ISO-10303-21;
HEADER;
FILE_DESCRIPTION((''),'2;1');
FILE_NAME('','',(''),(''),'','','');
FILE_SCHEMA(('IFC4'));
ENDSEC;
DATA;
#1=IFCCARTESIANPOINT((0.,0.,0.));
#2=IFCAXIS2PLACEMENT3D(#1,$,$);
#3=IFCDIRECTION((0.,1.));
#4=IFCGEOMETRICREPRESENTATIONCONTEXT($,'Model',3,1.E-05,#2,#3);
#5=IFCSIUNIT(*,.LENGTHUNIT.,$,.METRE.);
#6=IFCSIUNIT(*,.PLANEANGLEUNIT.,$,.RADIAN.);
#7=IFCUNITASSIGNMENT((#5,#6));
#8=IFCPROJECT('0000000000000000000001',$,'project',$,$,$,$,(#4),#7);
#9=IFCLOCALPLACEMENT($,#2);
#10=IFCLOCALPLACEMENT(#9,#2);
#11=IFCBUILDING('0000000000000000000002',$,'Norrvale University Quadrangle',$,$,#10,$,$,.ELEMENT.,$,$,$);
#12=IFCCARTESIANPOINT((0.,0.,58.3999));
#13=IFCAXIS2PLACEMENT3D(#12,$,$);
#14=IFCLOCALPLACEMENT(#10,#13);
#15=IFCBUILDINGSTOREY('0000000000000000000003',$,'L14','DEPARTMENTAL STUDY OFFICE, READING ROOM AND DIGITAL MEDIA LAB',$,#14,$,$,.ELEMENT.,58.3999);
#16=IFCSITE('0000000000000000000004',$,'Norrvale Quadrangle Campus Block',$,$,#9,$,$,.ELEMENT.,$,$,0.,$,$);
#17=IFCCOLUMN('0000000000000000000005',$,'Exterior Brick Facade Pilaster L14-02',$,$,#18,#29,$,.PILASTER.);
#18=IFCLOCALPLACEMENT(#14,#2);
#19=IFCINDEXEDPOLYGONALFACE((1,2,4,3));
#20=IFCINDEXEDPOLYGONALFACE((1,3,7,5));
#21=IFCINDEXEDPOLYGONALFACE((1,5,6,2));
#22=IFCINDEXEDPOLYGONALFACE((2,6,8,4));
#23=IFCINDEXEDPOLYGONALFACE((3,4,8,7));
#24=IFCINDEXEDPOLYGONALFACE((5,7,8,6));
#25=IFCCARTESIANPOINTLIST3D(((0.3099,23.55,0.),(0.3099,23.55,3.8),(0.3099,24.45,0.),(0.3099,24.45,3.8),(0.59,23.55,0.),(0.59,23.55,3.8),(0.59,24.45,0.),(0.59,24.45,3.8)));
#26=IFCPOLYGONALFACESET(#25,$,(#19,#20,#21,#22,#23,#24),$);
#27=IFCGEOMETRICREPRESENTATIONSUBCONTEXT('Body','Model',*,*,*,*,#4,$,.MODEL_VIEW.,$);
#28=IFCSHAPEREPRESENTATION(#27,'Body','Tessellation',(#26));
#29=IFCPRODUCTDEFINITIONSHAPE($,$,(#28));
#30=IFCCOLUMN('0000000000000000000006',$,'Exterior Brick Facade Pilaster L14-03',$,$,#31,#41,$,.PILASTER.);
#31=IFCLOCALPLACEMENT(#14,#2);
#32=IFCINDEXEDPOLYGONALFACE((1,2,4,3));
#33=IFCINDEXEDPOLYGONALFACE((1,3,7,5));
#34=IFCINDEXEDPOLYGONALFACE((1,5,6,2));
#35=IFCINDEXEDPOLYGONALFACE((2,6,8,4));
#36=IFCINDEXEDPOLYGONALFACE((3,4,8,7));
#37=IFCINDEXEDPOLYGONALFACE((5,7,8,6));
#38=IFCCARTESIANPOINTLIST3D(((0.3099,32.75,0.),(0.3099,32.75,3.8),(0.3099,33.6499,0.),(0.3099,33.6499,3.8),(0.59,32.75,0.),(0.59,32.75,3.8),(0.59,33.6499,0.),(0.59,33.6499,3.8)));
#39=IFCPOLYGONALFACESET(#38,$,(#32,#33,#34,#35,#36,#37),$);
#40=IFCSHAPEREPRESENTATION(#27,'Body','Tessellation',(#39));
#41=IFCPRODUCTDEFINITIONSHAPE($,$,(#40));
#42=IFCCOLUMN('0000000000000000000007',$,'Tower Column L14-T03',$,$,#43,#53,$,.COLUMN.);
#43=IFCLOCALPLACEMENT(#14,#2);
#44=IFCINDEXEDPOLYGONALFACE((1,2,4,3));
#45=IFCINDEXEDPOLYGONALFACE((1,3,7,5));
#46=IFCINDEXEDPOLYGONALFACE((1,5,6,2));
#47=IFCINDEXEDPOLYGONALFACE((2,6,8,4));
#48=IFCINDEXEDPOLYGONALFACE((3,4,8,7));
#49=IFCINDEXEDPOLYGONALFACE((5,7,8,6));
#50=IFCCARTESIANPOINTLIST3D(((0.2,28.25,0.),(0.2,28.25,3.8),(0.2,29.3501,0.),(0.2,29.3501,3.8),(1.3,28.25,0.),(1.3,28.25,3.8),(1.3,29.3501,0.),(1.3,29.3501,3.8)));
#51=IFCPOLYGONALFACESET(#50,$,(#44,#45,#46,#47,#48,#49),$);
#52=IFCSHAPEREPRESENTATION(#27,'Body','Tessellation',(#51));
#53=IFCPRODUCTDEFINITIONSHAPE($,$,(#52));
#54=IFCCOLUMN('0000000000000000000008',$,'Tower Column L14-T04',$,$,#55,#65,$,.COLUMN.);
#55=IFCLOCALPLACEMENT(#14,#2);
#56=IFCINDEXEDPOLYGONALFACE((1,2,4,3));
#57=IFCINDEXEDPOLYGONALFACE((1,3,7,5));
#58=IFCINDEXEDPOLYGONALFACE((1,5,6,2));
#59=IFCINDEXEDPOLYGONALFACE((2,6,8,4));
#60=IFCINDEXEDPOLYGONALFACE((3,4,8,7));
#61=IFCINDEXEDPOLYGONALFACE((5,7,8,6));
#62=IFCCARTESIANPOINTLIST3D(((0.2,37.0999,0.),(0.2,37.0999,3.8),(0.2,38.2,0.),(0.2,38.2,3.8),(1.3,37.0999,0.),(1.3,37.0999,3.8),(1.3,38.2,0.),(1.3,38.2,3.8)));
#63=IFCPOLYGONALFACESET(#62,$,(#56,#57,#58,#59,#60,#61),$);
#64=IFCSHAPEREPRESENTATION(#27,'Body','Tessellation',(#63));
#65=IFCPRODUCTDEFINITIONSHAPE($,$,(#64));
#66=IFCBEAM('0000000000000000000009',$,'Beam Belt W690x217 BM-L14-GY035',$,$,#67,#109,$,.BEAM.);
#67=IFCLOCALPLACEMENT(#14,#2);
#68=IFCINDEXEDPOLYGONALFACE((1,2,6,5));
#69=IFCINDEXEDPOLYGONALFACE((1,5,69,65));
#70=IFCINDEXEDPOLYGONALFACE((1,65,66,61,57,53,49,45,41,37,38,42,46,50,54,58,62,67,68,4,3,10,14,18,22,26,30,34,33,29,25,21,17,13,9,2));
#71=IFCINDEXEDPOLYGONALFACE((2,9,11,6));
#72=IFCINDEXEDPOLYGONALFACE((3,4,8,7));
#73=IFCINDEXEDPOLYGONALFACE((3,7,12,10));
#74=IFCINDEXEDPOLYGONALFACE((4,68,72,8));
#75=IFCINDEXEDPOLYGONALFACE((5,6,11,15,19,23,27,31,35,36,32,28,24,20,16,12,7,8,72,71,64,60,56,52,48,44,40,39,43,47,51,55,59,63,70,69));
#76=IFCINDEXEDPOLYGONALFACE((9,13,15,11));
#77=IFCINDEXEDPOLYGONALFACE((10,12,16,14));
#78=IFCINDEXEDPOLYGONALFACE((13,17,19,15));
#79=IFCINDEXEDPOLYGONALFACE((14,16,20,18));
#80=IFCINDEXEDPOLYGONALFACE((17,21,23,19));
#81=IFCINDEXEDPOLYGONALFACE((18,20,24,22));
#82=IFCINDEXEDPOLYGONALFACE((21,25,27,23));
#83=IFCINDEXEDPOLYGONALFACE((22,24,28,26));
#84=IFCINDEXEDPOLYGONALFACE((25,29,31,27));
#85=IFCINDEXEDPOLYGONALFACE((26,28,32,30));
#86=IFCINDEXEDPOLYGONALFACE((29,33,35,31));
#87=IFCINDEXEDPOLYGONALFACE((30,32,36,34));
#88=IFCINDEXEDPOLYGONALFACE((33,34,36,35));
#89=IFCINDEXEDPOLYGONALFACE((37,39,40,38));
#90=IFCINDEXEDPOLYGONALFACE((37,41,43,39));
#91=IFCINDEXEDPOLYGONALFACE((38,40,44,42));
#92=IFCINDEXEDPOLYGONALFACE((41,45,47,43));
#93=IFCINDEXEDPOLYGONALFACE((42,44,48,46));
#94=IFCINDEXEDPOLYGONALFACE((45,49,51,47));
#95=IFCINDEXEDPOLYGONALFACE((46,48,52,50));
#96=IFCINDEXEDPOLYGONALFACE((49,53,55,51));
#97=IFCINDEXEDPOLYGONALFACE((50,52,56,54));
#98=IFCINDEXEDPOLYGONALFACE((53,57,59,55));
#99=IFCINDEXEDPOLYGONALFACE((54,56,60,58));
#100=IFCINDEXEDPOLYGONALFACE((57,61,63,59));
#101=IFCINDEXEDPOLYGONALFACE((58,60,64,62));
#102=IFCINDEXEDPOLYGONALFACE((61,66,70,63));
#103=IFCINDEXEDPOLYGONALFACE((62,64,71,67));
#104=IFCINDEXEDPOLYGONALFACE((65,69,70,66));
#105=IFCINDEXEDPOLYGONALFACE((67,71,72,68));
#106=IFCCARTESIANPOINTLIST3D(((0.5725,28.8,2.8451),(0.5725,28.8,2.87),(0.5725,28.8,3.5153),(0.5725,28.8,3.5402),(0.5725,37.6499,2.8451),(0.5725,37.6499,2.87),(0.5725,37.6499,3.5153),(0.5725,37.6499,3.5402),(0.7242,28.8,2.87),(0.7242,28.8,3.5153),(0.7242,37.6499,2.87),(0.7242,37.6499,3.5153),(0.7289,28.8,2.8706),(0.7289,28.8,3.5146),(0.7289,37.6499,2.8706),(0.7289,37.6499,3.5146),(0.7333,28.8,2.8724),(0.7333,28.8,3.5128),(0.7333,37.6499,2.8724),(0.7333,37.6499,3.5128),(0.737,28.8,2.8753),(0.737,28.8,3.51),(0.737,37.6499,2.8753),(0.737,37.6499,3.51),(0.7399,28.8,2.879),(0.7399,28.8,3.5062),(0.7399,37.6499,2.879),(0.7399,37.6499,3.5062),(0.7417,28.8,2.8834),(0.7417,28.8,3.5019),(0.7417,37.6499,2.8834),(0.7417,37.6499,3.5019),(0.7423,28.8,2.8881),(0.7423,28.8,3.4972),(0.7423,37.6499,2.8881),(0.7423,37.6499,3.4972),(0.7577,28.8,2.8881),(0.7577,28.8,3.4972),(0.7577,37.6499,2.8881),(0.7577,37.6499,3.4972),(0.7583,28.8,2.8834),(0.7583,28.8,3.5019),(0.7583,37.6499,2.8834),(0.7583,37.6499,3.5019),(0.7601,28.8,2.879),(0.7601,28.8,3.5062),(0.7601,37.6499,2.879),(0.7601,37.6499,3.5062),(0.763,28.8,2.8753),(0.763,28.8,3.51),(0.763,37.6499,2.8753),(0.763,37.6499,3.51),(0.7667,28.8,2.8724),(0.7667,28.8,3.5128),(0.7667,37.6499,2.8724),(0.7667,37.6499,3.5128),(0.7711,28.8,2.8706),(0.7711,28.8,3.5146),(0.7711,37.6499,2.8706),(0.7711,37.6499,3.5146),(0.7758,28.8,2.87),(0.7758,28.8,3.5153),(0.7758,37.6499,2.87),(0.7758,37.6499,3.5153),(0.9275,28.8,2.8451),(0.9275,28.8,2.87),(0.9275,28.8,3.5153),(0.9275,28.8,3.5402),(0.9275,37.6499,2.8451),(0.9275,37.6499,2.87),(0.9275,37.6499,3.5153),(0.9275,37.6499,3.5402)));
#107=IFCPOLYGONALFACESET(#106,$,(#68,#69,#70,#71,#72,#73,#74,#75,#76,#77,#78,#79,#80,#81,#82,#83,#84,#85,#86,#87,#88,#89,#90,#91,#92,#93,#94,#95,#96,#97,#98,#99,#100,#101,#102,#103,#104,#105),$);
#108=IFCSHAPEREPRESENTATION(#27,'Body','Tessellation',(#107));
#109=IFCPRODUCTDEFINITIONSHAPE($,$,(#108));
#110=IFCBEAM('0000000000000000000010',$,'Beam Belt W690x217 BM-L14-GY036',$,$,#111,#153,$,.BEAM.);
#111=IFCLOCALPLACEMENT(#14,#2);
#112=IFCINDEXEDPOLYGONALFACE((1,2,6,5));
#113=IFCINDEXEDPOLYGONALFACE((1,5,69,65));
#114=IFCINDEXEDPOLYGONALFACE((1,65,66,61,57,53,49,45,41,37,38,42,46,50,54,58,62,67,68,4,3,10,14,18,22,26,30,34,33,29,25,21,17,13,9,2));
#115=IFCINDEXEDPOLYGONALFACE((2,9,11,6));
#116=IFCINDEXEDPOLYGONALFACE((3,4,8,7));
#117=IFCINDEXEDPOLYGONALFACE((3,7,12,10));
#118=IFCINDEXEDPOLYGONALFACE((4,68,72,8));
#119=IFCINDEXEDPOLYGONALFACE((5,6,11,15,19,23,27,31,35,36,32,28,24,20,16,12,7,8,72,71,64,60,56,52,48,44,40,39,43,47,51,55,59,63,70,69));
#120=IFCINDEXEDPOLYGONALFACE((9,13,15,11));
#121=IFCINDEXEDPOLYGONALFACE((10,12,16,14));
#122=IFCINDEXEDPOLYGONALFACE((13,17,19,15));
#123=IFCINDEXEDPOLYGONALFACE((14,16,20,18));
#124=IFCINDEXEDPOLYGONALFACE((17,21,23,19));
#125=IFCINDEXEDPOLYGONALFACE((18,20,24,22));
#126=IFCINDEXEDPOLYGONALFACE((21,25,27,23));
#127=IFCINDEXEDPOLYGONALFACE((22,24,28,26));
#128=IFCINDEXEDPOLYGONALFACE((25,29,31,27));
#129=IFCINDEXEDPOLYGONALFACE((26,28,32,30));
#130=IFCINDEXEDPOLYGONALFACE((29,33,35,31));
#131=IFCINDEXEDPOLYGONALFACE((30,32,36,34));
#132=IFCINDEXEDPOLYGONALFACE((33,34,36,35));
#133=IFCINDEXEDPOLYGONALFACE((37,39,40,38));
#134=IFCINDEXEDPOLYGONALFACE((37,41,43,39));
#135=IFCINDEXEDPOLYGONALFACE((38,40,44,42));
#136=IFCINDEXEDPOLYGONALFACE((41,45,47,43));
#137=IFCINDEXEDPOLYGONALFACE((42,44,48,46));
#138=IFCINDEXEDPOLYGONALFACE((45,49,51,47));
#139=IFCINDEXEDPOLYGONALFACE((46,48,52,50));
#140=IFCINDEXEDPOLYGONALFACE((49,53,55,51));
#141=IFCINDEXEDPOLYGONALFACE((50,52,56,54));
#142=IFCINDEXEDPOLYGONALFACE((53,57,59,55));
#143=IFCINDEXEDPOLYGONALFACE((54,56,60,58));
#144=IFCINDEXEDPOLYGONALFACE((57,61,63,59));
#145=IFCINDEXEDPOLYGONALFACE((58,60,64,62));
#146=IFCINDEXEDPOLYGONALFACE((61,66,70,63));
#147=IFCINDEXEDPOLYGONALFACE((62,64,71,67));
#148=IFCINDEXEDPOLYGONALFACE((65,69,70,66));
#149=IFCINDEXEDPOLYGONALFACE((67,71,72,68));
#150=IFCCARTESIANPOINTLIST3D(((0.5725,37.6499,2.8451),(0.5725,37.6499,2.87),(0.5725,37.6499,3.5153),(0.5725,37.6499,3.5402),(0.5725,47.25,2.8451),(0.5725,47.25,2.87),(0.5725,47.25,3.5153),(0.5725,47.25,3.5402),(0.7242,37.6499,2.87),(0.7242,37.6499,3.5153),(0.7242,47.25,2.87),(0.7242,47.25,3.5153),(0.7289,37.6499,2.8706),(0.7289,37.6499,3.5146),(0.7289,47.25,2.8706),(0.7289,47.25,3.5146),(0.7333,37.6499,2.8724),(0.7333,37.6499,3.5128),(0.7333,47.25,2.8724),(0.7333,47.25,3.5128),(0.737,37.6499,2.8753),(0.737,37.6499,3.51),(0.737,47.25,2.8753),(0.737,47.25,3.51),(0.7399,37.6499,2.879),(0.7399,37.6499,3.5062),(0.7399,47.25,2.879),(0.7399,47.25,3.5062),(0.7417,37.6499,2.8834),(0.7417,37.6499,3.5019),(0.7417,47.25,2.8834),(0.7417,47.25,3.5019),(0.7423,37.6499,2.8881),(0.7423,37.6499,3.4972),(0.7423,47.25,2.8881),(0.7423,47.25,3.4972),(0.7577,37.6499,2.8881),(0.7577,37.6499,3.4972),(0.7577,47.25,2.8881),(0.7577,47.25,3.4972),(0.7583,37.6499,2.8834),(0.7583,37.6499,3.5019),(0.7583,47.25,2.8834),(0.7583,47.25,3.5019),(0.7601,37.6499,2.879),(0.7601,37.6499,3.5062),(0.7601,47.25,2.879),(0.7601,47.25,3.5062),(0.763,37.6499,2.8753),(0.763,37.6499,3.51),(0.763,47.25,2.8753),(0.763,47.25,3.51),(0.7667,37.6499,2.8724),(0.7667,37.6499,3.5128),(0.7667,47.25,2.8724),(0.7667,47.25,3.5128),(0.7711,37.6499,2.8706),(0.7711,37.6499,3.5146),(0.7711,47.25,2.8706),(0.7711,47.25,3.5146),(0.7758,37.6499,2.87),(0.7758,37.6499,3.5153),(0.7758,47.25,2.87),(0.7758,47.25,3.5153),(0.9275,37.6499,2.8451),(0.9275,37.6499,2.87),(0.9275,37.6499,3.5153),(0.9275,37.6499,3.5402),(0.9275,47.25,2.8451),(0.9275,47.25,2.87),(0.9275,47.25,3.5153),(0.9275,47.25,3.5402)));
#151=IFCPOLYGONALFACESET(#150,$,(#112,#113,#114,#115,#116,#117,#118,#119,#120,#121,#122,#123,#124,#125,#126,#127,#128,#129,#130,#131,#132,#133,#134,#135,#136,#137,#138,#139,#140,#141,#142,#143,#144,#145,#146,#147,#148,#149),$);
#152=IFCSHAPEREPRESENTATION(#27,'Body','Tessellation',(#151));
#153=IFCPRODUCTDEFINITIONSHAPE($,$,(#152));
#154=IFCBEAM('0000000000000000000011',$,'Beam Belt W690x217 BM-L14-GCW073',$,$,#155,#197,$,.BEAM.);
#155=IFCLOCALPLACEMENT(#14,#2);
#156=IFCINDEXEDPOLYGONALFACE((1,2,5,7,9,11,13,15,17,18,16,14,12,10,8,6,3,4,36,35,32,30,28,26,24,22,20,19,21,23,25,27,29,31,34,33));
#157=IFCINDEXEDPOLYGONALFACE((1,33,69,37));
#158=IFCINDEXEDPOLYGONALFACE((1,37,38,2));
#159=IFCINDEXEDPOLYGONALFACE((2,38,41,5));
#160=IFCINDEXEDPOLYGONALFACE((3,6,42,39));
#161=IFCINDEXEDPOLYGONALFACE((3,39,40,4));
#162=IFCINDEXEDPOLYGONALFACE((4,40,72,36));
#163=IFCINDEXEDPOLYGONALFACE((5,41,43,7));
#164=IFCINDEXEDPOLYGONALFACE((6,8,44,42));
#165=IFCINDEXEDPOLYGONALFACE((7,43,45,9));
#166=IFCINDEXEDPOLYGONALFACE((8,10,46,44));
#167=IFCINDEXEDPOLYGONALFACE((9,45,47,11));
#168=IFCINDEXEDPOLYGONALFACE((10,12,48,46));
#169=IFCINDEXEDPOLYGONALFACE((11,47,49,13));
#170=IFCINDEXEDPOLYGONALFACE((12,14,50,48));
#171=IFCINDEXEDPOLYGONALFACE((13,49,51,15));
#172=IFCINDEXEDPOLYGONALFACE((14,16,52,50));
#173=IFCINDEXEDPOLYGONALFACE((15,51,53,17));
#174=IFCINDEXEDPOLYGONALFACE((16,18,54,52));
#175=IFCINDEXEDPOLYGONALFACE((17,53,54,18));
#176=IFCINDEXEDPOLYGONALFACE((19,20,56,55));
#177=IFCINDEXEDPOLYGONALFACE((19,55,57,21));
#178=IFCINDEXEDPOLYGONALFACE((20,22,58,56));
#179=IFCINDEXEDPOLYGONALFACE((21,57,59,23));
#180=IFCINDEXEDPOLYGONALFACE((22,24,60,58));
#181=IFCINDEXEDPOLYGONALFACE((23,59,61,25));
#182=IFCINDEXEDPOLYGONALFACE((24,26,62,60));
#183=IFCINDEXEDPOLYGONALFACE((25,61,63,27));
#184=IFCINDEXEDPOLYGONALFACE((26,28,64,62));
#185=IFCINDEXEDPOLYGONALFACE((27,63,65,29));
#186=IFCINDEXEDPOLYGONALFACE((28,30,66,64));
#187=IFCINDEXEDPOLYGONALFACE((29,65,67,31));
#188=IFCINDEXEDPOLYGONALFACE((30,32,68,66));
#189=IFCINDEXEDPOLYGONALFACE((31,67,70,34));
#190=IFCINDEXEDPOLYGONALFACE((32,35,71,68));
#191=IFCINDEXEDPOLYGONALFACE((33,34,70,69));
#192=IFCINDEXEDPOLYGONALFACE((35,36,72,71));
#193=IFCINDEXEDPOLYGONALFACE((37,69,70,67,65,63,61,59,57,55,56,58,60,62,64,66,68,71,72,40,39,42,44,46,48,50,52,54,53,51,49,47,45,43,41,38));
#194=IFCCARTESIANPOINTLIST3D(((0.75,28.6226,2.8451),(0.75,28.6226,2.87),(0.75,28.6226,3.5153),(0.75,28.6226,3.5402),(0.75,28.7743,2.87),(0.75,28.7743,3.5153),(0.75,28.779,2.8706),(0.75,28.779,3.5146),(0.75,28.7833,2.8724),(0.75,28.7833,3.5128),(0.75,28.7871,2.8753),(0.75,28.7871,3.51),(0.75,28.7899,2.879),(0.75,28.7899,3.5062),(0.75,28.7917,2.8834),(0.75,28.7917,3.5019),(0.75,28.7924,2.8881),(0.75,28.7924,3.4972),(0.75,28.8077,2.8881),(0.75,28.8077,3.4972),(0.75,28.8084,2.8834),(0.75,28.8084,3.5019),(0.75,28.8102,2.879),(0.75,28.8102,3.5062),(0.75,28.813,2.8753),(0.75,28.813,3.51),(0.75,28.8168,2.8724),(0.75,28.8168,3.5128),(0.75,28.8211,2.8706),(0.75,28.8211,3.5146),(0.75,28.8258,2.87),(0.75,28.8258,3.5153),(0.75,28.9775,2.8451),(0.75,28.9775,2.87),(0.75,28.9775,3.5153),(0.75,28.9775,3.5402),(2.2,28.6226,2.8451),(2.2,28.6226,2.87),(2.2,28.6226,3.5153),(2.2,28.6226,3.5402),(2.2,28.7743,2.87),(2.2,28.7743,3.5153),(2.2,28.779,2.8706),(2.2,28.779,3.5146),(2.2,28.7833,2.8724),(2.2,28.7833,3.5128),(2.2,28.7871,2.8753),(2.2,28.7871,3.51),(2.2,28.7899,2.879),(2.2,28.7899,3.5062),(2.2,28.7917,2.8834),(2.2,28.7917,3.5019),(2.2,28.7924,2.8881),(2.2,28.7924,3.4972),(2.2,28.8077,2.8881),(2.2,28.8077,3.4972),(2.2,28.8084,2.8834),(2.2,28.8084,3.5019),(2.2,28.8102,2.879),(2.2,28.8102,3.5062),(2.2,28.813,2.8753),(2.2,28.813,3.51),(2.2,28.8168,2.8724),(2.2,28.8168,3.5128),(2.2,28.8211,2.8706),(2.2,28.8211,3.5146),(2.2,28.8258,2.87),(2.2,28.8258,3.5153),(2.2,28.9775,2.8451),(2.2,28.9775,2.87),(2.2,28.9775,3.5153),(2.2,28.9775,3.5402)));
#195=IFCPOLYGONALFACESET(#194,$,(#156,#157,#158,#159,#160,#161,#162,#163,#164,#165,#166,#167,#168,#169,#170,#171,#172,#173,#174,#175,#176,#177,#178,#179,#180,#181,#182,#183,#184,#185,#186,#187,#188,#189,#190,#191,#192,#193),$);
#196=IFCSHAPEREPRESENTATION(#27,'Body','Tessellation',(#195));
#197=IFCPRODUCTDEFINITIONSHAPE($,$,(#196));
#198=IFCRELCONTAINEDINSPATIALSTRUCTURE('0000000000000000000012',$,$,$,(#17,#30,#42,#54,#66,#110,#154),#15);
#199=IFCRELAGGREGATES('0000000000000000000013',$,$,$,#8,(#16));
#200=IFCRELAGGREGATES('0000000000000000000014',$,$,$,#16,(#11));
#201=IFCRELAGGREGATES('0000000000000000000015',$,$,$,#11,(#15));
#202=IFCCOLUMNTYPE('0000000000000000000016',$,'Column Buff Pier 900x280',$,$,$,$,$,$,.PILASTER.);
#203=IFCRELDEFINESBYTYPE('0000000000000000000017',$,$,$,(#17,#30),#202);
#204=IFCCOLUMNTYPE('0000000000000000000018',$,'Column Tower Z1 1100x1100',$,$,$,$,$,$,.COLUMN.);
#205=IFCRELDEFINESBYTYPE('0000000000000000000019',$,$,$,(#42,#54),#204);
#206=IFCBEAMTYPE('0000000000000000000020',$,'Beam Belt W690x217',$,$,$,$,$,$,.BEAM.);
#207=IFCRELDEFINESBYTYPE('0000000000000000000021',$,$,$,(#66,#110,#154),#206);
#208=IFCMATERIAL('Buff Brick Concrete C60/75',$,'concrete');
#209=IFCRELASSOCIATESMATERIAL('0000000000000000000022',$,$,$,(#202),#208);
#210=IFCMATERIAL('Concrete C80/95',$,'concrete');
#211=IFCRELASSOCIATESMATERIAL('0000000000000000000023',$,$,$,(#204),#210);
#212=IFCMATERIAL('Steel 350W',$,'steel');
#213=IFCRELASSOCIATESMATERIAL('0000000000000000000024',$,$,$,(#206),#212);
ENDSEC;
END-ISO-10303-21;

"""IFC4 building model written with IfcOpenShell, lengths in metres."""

from ifc_helpers import new_model, si_unit, direction, frame, origin, origin_2d, place, context, subcontext, project, spatial, rectangle, i_section, extrude, material, material_profile, profile_set, type_object, element, save


model = new_model("IFC4")

# Units and contexts
model_context = context("Model", 3, precision=1e-05, world=origin(), true_north=direction((0.0, 1.0)))
body_context = subcontext(model_context, "Body", "Model", "MODEL_VIEW")
ifc_project = project(units=[si_unit("LENGTHUNIT", "METRE"), si_unit("PLANEANGLEUNIT", "RADIAN")], contexts=[model_context])

# Site, building, storey
site_placement = place(None, origin())
site = spatial("IfcSite", under=ifc_project, at=site_placement, Name="Norrvale Quadrangle Campus Block", CompositionType="ELEMENT", RefElevation=0.0)
building_placement = place(site_placement, origin())
building = spatial("IfcBuilding", under=site, at=building_placement, Name="Norrvale University Quadrangle", CompositionType="ELEMENT")
storey_placement = place(building_placement, frame((0.0, 0.0, 58.3999)))
storey = spatial("IfcBuildingStorey", under=building, at=storey_placement, Name="L14", Description="DEPARTMENTAL STUDY OFFICE, READING ROOM AND DIGITAL MEDIA LAB", CompositionType="ELEMENT", Elevation=58.3999)

# Columns
ifc_material_1 = material(Name="Buff Brick Concrete C60/75", Category="concrete")
ifc_material_profile_1 = material_profile(ifc_material_1, rectangle(XDim=0.8999, YDim=0.28, at=origin_2d()), Name="Buff Brick Concrete C60/75")
ifc_profile_set_1 = profile_set([ifc_material_profile_1], Name="Buff Brick Concrete C60/75")
column_type_1 = type_object("IfcColumnType", Name="Column Buff Pier 900x280", PredefinedType="PILASTER", material=ifc_profile_set_1)
for number, where, z_axis, x_axis, name in (
    (1, (0.45, 24.0, 0.0), (0.0, 0.0, 1.0), (0.0, 1.0, 0.0), "Exterior Brick Facade Pilaster L14-02"),
    (2, (0.45, 33.2, 0.0), (0.0, 0.0, 1.0), (0.0, 1.0, 0.0), "Exterior Brick Facade Pilaster L14-03"),
):
    element("IfcColumn", number, at=place(storey_placement, frame(where, z_axis=z_axis, x_axis=x_axis)), inside=storey, type_object=column_type_1, Name=name, PredefinedType="PILASTER", context=body_context, shape_type="SweptSolid", body=[
        extrude(rectangle(XDim=0.8999, YDim=0.28, at=origin_2d()), origin(), (0.0, 0.0, 1.0), 3.8),
    ])
ifc_material_2 = material(Name="Concrete C80/95", Category="concrete")
ifc_material_profile_2 = material_profile(ifc_material_2, rectangle(XDim=1.1001, YDim=1.1001, at=origin_2d()), Name="Concrete C80/95")
ifc_profile_set_2 = profile_set([ifc_material_profile_2], Name="Concrete C80/95")
column_type_2 = type_object("IfcColumnType", Name="Column Tower Z1 1100x1100", PredefinedType="COLUMN", material=ifc_profile_set_2)
for number, where, z_axis, x_axis, name in (
    (3, (0.75, 28.8, 0.0), (0.0, 0.0, 1.0), (1.0, 0.0, 0.0), "Tower Column L14-T03"),
    (4, (0.75, 37.6499, 0.0), (0.0, 0.0, 1.0), (1.0, 0.0, 0.0), "Tower Column L14-T04"),
):
    element("IfcColumn", number, at=place(storey_placement, frame(where, z_axis=z_axis, x_axis=x_axis)), inside=storey, type_object=column_type_2, Name=name, PredefinedType="COLUMN", context=body_context, shape_type="SweptSolid", body=[
        extrude(rectangle(XDim=1.1001, YDim=1.1001, at=origin_2d()), origin(), (0.0, 0.0, 1.0), 3.8),
    ])

# Beams
ifc_material_3 = material(Name="Steel 350W", Category="steel")
ifc_material_profile_3 = material_profile(ifc_material_3, i_section(OverallWidth=0.355, OverallDepth=0.6951, WebThickness=0.0154, FlangeThickness=0.0249, FilletRadius=0.0181, at=origin_2d()), Name="Steel 350W")
ifc_profile_set_3 = profile_set([ifc_material_profile_3], Name="Steel 350W")
beam_type = type_object("IfcBeamType", Name="Beam Belt W690x217", PredefinedType="BEAM", material=ifc_profile_set_3)
beam_1_placement = place(storey_placement, frame((0.75, 28.8, 3.1926), z_axis=(0.0, 1.0, 0.0), x_axis=(-1.0, 0.0, 0.0)))
element("IfcBeam", 5, at=beam_1_placement, inside=storey, type_object=beam_type, Name="Beam Belt W690x217 BM-L14-GY035", PredefinedType="BEAM", context=body_context, shape_type="SweptSolid", body=[
    extrude(i_section(OverallWidth=0.355, OverallDepth=0.6951, WebThickness=0.0154, FlangeThickness=0.0249, FilletRadius=0.0181, at=origin_2d()), origin(), (0.0, 0.0, 1.0), 8.8499),
])
beam_2_placement = place(storey_placement, frame((0.75, 37.6499, 3.1926), z_axis=(0.0, 1.0, 0.0), x_axis=(-1.0, 0.0, 0.0)))
element("IfcBeam", 6, at=beam_2_placement, inside=storey, type_object=beam_type, Name="Beam Belt W690x217 BM-L14-GY036", PredefinedType="BEAM", context=body_context, shape_type="SweptSolid", body=[
    extrude(i_section(OverallWidth=0.355, OverallDepth=0.6951, WebThickness=0.0154, FlangeThickness=0.0249, FilletRadius=0.0181, at=origin_2d()), origin(), (0.0, 0.0, 1.0), 9.6001),
])
for number, where, z_axis, x_axis, name in (
    (7, (0.75, 28.8, 3.1926), (1.0, 0.0, 0.0), (0.0, 1.0, 0.0), "Beam Belt W690x217 BM-L14-GCW073"),
):
    element("IfcBeam", number, at=place(storey_placement, frame(where, z_axis=z_axis, x_axis=x_axis)), inside=storey, type_object=beam_type, Name=name, PredefinedType="BEAM", context=body_context, shape_type="SweptSolid", body=[
        extrude(i_section(OverallWidth=0.355, OverallDepth=0.6951, WebThickness=0.0154, FlangeThickness=0.0249, FilletRadius=0.0181, at=origin_2d()), origin(), (0.0, 0.0, 1.0), 1.45),
    ])

save(model, "model.ifc")
